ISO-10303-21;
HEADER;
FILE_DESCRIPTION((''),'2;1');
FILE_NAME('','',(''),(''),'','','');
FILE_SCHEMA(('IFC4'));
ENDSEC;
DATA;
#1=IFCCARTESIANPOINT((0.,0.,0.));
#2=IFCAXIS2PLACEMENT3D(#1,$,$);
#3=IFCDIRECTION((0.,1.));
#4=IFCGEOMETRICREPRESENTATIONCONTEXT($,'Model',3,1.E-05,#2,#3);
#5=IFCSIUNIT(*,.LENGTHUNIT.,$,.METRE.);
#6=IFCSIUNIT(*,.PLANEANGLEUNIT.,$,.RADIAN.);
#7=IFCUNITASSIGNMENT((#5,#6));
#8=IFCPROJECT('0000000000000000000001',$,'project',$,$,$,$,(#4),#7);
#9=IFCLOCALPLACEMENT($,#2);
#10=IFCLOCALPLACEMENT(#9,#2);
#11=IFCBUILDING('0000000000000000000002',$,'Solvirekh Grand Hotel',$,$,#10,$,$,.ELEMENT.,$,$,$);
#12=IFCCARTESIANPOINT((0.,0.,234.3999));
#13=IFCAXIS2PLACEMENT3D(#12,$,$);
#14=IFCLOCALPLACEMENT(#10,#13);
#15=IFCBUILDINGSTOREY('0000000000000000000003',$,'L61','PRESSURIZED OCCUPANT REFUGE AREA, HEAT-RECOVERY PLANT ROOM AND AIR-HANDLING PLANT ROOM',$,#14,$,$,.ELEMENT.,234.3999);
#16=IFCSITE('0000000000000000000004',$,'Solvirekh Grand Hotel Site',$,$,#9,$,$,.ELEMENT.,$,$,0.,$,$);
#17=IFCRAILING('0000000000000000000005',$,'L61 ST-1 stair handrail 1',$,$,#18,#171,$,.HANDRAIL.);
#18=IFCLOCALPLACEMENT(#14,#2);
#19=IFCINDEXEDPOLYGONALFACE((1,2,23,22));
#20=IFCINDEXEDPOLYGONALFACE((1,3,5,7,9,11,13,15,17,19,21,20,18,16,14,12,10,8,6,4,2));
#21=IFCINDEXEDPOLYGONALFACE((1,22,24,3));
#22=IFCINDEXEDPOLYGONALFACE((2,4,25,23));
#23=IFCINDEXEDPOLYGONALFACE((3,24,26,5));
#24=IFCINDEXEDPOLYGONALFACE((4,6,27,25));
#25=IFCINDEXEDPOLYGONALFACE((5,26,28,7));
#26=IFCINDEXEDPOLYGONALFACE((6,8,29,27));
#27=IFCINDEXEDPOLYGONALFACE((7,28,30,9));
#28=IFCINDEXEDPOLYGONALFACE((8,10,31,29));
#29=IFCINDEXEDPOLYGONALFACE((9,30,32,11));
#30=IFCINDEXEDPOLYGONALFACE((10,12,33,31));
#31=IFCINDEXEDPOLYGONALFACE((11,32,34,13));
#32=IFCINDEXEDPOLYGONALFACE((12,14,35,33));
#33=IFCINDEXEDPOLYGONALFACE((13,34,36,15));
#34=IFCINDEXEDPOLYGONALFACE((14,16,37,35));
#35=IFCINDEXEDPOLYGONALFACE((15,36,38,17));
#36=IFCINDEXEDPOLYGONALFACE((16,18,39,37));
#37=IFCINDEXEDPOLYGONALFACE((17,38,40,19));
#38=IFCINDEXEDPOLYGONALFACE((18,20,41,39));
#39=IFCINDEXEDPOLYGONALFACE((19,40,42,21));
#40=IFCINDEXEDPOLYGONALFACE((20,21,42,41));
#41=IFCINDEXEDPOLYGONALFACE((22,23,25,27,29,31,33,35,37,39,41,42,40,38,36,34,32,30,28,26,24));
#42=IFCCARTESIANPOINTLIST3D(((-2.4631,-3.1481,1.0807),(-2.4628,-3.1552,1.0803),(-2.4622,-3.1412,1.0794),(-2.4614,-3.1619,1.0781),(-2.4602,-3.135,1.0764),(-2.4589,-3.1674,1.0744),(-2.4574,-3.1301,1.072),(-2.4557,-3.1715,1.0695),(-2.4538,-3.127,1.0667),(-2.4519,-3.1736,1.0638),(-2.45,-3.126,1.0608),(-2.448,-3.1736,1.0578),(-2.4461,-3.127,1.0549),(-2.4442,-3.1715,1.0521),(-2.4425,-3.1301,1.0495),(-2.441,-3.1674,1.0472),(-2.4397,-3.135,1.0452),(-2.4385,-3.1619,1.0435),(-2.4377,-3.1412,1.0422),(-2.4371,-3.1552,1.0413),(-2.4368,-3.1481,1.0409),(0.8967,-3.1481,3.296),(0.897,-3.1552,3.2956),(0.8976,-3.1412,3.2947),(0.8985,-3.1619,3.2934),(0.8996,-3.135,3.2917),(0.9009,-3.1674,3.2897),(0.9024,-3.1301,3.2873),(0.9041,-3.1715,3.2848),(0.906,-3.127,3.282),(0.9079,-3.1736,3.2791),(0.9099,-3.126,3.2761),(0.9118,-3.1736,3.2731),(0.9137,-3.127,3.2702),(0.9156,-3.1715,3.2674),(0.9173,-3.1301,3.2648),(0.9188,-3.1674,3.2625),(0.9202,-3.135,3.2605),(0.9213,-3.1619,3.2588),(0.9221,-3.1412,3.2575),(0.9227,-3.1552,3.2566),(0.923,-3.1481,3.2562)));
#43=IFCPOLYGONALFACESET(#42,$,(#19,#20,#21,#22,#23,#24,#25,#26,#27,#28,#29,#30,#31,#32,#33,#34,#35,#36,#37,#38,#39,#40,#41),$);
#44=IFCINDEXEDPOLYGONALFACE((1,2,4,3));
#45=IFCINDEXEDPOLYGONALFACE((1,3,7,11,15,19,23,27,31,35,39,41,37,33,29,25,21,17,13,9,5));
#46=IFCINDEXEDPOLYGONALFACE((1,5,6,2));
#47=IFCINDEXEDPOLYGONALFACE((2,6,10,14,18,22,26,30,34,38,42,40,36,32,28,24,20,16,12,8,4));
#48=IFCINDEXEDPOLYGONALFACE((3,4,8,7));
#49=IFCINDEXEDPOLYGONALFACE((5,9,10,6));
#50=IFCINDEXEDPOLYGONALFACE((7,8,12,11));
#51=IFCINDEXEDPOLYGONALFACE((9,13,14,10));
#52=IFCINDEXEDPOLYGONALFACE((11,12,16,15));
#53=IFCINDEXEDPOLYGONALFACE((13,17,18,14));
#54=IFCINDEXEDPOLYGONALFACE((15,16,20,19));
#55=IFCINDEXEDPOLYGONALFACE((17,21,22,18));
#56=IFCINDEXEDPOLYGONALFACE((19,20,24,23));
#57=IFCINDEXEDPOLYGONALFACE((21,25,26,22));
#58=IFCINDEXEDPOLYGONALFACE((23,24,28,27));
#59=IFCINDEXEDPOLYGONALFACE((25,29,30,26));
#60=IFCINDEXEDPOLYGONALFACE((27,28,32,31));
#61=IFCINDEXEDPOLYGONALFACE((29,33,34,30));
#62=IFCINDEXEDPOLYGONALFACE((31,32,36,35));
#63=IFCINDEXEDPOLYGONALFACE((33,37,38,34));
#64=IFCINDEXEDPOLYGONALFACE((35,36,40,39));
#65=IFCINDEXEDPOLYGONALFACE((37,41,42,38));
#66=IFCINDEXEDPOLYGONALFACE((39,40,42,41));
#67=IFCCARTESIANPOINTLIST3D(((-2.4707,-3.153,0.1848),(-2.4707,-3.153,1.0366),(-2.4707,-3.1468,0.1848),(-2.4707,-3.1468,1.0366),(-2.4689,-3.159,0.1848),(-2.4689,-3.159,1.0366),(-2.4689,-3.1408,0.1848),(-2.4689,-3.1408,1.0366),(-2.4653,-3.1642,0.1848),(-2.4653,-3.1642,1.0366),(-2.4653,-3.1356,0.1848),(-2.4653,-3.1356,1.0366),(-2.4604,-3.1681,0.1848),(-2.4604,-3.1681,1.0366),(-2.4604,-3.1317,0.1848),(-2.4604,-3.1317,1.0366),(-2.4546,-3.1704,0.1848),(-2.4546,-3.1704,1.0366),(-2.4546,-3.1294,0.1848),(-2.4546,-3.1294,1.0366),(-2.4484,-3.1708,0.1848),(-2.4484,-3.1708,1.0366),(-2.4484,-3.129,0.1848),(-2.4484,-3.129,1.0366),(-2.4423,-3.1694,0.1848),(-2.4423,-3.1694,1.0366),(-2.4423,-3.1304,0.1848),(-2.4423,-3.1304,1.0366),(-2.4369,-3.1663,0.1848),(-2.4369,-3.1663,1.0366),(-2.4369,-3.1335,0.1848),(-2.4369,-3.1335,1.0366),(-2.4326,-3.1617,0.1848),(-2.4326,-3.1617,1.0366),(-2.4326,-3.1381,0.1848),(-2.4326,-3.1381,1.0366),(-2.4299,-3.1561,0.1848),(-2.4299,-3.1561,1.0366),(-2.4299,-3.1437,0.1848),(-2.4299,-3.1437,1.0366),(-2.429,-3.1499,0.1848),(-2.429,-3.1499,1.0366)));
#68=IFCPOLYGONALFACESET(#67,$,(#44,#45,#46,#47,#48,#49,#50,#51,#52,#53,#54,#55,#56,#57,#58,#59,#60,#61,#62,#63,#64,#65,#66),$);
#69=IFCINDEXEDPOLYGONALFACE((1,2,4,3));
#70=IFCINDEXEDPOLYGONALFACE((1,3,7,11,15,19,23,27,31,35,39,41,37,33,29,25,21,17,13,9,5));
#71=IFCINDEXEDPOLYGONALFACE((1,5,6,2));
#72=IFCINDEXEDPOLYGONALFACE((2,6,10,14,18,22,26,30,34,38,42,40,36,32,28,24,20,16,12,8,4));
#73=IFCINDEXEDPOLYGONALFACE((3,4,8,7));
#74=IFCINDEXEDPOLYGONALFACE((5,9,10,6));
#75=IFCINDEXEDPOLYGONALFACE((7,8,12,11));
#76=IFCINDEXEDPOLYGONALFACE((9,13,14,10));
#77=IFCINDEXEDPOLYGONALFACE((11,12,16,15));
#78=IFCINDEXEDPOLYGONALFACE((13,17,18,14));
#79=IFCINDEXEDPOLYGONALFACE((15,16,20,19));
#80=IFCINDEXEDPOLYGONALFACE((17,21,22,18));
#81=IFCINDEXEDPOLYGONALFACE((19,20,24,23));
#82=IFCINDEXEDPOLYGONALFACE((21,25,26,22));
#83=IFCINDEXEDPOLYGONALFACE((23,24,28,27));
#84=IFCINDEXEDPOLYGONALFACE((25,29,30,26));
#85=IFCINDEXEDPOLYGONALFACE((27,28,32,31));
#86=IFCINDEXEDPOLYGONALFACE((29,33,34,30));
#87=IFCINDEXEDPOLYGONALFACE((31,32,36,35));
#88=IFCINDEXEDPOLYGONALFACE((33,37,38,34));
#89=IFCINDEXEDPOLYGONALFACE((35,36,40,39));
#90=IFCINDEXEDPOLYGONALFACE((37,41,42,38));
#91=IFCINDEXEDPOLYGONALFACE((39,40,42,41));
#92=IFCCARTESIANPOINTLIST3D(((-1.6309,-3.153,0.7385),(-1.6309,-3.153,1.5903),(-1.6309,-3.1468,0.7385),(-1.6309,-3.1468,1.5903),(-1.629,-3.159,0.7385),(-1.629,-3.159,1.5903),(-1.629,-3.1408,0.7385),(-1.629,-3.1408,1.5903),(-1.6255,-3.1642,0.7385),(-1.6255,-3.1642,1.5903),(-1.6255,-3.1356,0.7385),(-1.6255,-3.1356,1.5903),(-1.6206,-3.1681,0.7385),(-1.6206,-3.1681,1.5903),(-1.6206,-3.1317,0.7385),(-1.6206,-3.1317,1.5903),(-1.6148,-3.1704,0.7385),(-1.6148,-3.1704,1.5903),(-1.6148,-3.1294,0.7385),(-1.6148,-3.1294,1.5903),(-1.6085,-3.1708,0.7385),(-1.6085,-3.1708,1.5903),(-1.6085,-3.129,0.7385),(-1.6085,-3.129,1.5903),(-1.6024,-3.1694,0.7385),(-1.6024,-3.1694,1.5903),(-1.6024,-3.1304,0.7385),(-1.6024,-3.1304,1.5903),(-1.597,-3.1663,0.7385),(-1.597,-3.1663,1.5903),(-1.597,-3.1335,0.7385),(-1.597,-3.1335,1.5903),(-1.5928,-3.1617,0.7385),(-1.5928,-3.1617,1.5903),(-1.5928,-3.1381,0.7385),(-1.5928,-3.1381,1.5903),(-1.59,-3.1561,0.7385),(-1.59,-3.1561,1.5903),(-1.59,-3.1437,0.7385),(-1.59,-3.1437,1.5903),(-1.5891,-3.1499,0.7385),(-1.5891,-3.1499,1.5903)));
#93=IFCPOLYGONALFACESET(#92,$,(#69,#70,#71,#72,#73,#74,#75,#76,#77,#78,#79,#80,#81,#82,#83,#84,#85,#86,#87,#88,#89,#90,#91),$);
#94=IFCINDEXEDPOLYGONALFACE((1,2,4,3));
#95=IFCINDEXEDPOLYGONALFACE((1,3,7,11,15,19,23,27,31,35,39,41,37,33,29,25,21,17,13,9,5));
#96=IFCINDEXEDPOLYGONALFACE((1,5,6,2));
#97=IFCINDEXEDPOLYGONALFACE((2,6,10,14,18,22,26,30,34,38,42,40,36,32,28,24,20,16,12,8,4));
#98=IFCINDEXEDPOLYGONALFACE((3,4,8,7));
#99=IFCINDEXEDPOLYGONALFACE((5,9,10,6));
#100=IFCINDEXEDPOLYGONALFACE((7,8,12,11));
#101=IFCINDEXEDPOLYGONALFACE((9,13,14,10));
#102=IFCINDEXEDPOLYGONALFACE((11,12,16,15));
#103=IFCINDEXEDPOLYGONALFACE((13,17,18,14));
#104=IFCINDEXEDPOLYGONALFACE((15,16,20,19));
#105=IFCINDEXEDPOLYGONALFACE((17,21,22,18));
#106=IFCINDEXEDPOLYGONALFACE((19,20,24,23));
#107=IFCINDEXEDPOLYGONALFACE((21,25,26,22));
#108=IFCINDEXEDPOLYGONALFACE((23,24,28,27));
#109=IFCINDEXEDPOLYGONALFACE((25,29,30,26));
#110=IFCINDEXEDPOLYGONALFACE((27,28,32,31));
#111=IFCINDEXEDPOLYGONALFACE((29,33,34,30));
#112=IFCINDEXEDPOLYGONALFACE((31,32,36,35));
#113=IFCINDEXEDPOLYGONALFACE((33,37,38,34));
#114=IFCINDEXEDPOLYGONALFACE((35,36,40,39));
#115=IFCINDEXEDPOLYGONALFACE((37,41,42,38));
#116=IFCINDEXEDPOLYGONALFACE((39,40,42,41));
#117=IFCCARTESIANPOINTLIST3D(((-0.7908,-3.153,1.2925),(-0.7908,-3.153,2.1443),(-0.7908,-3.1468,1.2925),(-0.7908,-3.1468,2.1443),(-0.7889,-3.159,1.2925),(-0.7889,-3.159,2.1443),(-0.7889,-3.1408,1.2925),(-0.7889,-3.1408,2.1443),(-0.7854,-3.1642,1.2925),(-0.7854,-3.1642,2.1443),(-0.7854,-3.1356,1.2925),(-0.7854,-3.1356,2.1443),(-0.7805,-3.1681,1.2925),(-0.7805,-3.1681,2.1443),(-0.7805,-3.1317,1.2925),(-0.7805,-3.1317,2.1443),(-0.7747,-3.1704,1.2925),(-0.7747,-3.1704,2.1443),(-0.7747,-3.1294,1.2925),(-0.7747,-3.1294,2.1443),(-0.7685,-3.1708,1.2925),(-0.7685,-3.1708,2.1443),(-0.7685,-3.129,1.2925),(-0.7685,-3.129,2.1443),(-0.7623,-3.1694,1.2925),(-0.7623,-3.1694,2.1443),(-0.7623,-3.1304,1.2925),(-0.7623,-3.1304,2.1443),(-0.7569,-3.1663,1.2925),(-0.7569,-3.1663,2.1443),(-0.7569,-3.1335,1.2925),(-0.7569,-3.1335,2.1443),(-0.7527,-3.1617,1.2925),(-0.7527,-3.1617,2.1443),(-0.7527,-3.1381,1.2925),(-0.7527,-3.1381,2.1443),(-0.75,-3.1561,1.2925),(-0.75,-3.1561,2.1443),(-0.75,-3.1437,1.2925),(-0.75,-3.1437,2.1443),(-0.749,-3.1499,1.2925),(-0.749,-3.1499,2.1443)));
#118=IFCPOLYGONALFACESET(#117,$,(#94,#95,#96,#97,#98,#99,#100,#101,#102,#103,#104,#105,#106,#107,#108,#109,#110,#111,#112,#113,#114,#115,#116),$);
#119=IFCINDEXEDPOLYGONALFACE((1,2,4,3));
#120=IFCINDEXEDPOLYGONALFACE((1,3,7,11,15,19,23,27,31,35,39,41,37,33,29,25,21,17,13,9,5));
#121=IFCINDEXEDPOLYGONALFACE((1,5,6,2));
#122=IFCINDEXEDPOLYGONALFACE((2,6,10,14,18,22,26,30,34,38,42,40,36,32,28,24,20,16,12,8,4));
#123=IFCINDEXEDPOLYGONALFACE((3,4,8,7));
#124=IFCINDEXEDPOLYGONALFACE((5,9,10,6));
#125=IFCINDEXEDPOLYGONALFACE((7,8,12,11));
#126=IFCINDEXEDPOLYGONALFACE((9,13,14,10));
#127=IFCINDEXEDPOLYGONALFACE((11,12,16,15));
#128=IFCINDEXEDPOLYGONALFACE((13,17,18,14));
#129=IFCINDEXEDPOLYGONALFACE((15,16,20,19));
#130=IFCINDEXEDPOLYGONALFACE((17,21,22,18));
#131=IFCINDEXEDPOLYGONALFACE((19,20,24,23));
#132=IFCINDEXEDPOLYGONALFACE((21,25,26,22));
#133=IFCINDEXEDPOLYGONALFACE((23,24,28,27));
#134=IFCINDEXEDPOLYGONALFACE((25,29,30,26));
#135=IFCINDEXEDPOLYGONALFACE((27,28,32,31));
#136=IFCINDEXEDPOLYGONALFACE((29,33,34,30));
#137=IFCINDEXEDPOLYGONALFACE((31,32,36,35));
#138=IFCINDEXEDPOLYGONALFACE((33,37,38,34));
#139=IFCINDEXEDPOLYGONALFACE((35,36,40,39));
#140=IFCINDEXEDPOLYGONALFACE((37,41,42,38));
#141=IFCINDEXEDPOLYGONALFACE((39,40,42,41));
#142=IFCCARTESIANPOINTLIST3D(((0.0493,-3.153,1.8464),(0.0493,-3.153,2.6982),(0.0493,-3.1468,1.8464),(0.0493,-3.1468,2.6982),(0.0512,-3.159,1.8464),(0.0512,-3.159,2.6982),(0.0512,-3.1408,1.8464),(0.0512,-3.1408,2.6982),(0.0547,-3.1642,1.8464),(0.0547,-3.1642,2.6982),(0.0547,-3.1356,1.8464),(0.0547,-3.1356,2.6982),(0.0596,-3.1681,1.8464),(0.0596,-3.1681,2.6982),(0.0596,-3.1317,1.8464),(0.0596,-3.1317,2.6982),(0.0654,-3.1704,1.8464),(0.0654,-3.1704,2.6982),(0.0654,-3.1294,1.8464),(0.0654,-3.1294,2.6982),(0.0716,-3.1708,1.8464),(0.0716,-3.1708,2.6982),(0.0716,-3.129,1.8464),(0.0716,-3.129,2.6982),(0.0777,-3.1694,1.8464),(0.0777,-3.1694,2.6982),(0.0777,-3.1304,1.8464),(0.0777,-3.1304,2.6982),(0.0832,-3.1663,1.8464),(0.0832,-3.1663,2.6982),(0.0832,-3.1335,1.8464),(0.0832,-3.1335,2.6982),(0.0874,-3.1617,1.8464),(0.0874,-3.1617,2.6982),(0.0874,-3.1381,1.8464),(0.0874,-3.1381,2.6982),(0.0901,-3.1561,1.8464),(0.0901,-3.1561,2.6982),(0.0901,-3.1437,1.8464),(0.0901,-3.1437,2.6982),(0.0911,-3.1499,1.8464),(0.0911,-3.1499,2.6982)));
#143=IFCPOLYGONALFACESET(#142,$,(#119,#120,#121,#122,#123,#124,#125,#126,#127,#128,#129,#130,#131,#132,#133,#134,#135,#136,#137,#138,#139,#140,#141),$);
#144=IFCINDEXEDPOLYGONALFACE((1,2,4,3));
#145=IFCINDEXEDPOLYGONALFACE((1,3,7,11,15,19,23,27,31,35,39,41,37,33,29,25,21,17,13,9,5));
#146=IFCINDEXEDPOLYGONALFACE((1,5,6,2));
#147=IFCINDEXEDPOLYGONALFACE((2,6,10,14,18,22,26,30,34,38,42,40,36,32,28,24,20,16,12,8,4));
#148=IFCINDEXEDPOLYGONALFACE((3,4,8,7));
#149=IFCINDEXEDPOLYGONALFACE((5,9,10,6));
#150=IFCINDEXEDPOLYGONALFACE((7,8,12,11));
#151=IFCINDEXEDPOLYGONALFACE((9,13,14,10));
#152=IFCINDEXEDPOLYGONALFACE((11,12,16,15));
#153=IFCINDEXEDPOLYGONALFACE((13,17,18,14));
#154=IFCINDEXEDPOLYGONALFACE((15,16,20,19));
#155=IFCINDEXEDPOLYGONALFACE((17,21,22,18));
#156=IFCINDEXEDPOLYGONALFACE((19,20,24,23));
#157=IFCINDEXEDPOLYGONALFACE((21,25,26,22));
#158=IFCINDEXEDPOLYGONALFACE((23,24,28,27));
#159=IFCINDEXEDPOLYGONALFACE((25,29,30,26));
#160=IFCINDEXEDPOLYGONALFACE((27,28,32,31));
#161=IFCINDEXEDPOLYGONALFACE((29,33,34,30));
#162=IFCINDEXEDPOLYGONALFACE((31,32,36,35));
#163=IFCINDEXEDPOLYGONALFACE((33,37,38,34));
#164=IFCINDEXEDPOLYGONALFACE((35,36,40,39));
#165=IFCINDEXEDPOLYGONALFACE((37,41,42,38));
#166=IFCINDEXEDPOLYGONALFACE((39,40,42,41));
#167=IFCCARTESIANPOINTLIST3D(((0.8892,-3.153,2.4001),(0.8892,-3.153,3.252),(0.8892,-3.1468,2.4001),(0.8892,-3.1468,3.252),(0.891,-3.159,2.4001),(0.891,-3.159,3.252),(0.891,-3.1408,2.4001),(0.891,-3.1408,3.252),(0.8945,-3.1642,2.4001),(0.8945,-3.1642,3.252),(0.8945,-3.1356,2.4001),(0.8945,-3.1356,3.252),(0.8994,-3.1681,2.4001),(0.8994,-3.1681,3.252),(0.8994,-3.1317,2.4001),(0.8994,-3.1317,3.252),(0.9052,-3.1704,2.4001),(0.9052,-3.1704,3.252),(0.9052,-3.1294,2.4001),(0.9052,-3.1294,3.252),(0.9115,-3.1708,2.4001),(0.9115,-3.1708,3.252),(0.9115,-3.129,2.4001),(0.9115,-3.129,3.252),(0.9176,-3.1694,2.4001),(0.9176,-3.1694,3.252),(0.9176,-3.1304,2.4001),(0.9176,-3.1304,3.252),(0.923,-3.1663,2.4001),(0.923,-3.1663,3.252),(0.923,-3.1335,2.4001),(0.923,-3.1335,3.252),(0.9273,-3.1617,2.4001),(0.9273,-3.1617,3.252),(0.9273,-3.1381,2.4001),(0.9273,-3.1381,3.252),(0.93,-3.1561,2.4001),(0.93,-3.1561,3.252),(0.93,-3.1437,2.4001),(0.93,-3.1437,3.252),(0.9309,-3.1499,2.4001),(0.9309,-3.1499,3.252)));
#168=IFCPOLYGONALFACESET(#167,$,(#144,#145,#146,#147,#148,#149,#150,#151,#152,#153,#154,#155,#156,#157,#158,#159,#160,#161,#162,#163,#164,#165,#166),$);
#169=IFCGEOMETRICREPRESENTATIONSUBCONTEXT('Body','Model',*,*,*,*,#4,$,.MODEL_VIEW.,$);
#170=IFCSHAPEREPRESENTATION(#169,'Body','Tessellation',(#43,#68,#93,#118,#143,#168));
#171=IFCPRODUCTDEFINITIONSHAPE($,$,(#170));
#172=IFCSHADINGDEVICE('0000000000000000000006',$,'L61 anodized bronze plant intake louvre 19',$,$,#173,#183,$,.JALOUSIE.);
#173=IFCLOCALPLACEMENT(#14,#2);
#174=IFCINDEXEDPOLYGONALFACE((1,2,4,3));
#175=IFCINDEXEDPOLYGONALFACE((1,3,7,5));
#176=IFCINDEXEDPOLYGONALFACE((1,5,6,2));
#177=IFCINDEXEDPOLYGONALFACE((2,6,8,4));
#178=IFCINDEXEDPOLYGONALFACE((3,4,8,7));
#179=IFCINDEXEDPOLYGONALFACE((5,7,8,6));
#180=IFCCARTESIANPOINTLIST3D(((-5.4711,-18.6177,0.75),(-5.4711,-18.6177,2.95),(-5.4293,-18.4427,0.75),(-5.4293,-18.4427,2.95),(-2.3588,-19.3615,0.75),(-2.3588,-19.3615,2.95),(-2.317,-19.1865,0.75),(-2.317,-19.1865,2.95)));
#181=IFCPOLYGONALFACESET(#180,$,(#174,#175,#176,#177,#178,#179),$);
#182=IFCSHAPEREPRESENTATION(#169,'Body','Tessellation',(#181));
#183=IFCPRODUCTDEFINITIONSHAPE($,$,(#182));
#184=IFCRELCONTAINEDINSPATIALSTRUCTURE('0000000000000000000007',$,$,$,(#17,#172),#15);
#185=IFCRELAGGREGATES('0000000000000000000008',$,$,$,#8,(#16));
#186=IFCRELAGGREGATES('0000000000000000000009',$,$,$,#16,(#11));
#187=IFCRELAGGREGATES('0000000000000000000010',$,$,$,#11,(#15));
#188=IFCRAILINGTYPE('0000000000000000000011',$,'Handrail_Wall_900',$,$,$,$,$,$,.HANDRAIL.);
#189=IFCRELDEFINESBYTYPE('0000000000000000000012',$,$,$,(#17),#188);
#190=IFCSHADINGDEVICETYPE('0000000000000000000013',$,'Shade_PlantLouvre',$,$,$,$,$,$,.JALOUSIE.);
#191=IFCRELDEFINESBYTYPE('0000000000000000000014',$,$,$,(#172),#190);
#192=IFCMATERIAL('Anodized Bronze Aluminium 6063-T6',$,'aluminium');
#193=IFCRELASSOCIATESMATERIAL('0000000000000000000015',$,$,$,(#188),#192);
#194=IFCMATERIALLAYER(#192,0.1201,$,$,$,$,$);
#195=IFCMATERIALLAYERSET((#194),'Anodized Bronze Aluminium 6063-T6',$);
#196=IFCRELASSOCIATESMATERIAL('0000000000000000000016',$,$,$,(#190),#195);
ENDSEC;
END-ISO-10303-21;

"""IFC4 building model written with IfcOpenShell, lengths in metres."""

from ifc_helpers import new_model, si_unit, direction, frame, origin, origin_2d, place, context, subcontext, project, spatial, rectangle, circle, extrude, material, layer, layer_set, type_object, element, save


model = new_model("IFC4")

# Units and contexts
model_context = context("Model", 3, precision=1e-05, world=origin(), true_north=direction((0.0, 1.0)))
body_context = subcontext(model_context, "Body", "Model", "MODEL_VIEW")
ifc_project = project(units=[si_unit("LENGTHUNIT", "METRE"), si_unit("PLANEANGLEUNIT", "RADIAN")], contexts=[model_context])

# Site, building, storey
site_placement = place(None, origin())
site = spatial("IfcSite", under=ifc_project, at=site_placement, Name="Solvirekh Grand Hotel Site", CompositionType="ELEMENT", RefElevation=0.0)
building_placement = place(site_placement, origin())
building = spatial("IfcBuilding", under=site, at=building_placement, Name="Solvirekh Grand Hotel", CompositionType="ELEMENT")
storey_placement = place(building_placement, frame((0.0, 0.0, 234.3999)))
storey = spatial("IfcBuildingStorey", under=building, at=storey_placement, Name="L61", Description="PRESSURIZED OCCUPANT REFUGE AREA, HEAT-RECOVERY PLANT ROOM AND AIR-HANDLING PLANT ROOM", CompositionType="ELEMENT", Elevation=234.3999)

# Shared definitions
ifc_material_1 = material(Name="Anodized Bronze Aluminium 6063-T6", Category="aluminium")

# Railing
railing_type_1 = type_object("IfcRailingType", Name="Handrail_Wall_900", PredefinedType="HANDRAIL", material=ifc_material_1)
railing_1_placement = place(storey_placement, frame((-2.45, -3.1499, 0.1848)))
element("IfcRailing", 1, at=railing_1_placement, inside=storey, type_object=railing_type_1, Name="L61 ST-1 stair handrail 1", PredefinedType="HANDRAIL", context=body_context, shape_type="SweptSolid", body=[
    extrude(circle(Radius=0.0239, at=origin_2d()), frame((0.0, 0.0, 0.876), z_axis=(0.834858, 0.0, 0.550465), x_axis=(0.0, 1.0, 0.0)), (0.0, 0.0, 1.0), 4.0244),
    extrude(circle(Radius=0.021, at=origin_2d()), origin(), (0.0, 0.0, 1.0), 0.8518),
    extrude(circle(Radius=0.021, at=origin_2d()), frame((0.8398, 0.0, 0.5537)), (0.0, 0.0, 1.0), 0.8518),
    extrude(circle(Radius=0.021, at=origin_2d()), frame((1.6799, 0.0, 1.1077)), (0.0, 0.0, 1.0), 0.8518),
    extrude(circle(Radius=0.021, at=origin_2d()), frame((2.52, 0.0, 1.6616)), (0.0, 0.0, 1.0), 0.8518),
    extrude(circle(Radius=0.021, at=origin_2d()), frame((3.3599, 0.0, 2.2153)), (0.0, 0.0, 1.0), 0.8518),
])

# Shading device
ifc_layer_1 = layer(ifc_material_1, 0.1201)
ifc_layer_set_1 = layer_set([ifc_layer_1], Name="Anodized Bronze Aluminium 6063-T6")
shading_device_type = type_object("IfcShadingDeviceType", Name="Shade_PlantLouvre", PredefinedType="JALOUSIE", material=ifc_layer_set_1)
shading_device_placement = place(storey_placement, frame((-3.894, -18.9021, 0.75), z_axis=(0.0, 0.0, 1.0), x_axis=(-0.972614, 0.232427, 0.0)))
element("IfcShadingDevice", 2, at=shading_device_placement, inside=storey, type_object=shading_device_type, Name="L61 anodized bronze plant intake louvre 19", PredefinedType="JALOUSIE", context=body_context, shape_type="SweptSolid", body=[
    extrude(rectangle(XDim=3.2, YDim=0.1799, at=origin_2d()), origin(), (0.0, 0.0, 1.0), 2.2),
])

save(model, "model.ifc")
